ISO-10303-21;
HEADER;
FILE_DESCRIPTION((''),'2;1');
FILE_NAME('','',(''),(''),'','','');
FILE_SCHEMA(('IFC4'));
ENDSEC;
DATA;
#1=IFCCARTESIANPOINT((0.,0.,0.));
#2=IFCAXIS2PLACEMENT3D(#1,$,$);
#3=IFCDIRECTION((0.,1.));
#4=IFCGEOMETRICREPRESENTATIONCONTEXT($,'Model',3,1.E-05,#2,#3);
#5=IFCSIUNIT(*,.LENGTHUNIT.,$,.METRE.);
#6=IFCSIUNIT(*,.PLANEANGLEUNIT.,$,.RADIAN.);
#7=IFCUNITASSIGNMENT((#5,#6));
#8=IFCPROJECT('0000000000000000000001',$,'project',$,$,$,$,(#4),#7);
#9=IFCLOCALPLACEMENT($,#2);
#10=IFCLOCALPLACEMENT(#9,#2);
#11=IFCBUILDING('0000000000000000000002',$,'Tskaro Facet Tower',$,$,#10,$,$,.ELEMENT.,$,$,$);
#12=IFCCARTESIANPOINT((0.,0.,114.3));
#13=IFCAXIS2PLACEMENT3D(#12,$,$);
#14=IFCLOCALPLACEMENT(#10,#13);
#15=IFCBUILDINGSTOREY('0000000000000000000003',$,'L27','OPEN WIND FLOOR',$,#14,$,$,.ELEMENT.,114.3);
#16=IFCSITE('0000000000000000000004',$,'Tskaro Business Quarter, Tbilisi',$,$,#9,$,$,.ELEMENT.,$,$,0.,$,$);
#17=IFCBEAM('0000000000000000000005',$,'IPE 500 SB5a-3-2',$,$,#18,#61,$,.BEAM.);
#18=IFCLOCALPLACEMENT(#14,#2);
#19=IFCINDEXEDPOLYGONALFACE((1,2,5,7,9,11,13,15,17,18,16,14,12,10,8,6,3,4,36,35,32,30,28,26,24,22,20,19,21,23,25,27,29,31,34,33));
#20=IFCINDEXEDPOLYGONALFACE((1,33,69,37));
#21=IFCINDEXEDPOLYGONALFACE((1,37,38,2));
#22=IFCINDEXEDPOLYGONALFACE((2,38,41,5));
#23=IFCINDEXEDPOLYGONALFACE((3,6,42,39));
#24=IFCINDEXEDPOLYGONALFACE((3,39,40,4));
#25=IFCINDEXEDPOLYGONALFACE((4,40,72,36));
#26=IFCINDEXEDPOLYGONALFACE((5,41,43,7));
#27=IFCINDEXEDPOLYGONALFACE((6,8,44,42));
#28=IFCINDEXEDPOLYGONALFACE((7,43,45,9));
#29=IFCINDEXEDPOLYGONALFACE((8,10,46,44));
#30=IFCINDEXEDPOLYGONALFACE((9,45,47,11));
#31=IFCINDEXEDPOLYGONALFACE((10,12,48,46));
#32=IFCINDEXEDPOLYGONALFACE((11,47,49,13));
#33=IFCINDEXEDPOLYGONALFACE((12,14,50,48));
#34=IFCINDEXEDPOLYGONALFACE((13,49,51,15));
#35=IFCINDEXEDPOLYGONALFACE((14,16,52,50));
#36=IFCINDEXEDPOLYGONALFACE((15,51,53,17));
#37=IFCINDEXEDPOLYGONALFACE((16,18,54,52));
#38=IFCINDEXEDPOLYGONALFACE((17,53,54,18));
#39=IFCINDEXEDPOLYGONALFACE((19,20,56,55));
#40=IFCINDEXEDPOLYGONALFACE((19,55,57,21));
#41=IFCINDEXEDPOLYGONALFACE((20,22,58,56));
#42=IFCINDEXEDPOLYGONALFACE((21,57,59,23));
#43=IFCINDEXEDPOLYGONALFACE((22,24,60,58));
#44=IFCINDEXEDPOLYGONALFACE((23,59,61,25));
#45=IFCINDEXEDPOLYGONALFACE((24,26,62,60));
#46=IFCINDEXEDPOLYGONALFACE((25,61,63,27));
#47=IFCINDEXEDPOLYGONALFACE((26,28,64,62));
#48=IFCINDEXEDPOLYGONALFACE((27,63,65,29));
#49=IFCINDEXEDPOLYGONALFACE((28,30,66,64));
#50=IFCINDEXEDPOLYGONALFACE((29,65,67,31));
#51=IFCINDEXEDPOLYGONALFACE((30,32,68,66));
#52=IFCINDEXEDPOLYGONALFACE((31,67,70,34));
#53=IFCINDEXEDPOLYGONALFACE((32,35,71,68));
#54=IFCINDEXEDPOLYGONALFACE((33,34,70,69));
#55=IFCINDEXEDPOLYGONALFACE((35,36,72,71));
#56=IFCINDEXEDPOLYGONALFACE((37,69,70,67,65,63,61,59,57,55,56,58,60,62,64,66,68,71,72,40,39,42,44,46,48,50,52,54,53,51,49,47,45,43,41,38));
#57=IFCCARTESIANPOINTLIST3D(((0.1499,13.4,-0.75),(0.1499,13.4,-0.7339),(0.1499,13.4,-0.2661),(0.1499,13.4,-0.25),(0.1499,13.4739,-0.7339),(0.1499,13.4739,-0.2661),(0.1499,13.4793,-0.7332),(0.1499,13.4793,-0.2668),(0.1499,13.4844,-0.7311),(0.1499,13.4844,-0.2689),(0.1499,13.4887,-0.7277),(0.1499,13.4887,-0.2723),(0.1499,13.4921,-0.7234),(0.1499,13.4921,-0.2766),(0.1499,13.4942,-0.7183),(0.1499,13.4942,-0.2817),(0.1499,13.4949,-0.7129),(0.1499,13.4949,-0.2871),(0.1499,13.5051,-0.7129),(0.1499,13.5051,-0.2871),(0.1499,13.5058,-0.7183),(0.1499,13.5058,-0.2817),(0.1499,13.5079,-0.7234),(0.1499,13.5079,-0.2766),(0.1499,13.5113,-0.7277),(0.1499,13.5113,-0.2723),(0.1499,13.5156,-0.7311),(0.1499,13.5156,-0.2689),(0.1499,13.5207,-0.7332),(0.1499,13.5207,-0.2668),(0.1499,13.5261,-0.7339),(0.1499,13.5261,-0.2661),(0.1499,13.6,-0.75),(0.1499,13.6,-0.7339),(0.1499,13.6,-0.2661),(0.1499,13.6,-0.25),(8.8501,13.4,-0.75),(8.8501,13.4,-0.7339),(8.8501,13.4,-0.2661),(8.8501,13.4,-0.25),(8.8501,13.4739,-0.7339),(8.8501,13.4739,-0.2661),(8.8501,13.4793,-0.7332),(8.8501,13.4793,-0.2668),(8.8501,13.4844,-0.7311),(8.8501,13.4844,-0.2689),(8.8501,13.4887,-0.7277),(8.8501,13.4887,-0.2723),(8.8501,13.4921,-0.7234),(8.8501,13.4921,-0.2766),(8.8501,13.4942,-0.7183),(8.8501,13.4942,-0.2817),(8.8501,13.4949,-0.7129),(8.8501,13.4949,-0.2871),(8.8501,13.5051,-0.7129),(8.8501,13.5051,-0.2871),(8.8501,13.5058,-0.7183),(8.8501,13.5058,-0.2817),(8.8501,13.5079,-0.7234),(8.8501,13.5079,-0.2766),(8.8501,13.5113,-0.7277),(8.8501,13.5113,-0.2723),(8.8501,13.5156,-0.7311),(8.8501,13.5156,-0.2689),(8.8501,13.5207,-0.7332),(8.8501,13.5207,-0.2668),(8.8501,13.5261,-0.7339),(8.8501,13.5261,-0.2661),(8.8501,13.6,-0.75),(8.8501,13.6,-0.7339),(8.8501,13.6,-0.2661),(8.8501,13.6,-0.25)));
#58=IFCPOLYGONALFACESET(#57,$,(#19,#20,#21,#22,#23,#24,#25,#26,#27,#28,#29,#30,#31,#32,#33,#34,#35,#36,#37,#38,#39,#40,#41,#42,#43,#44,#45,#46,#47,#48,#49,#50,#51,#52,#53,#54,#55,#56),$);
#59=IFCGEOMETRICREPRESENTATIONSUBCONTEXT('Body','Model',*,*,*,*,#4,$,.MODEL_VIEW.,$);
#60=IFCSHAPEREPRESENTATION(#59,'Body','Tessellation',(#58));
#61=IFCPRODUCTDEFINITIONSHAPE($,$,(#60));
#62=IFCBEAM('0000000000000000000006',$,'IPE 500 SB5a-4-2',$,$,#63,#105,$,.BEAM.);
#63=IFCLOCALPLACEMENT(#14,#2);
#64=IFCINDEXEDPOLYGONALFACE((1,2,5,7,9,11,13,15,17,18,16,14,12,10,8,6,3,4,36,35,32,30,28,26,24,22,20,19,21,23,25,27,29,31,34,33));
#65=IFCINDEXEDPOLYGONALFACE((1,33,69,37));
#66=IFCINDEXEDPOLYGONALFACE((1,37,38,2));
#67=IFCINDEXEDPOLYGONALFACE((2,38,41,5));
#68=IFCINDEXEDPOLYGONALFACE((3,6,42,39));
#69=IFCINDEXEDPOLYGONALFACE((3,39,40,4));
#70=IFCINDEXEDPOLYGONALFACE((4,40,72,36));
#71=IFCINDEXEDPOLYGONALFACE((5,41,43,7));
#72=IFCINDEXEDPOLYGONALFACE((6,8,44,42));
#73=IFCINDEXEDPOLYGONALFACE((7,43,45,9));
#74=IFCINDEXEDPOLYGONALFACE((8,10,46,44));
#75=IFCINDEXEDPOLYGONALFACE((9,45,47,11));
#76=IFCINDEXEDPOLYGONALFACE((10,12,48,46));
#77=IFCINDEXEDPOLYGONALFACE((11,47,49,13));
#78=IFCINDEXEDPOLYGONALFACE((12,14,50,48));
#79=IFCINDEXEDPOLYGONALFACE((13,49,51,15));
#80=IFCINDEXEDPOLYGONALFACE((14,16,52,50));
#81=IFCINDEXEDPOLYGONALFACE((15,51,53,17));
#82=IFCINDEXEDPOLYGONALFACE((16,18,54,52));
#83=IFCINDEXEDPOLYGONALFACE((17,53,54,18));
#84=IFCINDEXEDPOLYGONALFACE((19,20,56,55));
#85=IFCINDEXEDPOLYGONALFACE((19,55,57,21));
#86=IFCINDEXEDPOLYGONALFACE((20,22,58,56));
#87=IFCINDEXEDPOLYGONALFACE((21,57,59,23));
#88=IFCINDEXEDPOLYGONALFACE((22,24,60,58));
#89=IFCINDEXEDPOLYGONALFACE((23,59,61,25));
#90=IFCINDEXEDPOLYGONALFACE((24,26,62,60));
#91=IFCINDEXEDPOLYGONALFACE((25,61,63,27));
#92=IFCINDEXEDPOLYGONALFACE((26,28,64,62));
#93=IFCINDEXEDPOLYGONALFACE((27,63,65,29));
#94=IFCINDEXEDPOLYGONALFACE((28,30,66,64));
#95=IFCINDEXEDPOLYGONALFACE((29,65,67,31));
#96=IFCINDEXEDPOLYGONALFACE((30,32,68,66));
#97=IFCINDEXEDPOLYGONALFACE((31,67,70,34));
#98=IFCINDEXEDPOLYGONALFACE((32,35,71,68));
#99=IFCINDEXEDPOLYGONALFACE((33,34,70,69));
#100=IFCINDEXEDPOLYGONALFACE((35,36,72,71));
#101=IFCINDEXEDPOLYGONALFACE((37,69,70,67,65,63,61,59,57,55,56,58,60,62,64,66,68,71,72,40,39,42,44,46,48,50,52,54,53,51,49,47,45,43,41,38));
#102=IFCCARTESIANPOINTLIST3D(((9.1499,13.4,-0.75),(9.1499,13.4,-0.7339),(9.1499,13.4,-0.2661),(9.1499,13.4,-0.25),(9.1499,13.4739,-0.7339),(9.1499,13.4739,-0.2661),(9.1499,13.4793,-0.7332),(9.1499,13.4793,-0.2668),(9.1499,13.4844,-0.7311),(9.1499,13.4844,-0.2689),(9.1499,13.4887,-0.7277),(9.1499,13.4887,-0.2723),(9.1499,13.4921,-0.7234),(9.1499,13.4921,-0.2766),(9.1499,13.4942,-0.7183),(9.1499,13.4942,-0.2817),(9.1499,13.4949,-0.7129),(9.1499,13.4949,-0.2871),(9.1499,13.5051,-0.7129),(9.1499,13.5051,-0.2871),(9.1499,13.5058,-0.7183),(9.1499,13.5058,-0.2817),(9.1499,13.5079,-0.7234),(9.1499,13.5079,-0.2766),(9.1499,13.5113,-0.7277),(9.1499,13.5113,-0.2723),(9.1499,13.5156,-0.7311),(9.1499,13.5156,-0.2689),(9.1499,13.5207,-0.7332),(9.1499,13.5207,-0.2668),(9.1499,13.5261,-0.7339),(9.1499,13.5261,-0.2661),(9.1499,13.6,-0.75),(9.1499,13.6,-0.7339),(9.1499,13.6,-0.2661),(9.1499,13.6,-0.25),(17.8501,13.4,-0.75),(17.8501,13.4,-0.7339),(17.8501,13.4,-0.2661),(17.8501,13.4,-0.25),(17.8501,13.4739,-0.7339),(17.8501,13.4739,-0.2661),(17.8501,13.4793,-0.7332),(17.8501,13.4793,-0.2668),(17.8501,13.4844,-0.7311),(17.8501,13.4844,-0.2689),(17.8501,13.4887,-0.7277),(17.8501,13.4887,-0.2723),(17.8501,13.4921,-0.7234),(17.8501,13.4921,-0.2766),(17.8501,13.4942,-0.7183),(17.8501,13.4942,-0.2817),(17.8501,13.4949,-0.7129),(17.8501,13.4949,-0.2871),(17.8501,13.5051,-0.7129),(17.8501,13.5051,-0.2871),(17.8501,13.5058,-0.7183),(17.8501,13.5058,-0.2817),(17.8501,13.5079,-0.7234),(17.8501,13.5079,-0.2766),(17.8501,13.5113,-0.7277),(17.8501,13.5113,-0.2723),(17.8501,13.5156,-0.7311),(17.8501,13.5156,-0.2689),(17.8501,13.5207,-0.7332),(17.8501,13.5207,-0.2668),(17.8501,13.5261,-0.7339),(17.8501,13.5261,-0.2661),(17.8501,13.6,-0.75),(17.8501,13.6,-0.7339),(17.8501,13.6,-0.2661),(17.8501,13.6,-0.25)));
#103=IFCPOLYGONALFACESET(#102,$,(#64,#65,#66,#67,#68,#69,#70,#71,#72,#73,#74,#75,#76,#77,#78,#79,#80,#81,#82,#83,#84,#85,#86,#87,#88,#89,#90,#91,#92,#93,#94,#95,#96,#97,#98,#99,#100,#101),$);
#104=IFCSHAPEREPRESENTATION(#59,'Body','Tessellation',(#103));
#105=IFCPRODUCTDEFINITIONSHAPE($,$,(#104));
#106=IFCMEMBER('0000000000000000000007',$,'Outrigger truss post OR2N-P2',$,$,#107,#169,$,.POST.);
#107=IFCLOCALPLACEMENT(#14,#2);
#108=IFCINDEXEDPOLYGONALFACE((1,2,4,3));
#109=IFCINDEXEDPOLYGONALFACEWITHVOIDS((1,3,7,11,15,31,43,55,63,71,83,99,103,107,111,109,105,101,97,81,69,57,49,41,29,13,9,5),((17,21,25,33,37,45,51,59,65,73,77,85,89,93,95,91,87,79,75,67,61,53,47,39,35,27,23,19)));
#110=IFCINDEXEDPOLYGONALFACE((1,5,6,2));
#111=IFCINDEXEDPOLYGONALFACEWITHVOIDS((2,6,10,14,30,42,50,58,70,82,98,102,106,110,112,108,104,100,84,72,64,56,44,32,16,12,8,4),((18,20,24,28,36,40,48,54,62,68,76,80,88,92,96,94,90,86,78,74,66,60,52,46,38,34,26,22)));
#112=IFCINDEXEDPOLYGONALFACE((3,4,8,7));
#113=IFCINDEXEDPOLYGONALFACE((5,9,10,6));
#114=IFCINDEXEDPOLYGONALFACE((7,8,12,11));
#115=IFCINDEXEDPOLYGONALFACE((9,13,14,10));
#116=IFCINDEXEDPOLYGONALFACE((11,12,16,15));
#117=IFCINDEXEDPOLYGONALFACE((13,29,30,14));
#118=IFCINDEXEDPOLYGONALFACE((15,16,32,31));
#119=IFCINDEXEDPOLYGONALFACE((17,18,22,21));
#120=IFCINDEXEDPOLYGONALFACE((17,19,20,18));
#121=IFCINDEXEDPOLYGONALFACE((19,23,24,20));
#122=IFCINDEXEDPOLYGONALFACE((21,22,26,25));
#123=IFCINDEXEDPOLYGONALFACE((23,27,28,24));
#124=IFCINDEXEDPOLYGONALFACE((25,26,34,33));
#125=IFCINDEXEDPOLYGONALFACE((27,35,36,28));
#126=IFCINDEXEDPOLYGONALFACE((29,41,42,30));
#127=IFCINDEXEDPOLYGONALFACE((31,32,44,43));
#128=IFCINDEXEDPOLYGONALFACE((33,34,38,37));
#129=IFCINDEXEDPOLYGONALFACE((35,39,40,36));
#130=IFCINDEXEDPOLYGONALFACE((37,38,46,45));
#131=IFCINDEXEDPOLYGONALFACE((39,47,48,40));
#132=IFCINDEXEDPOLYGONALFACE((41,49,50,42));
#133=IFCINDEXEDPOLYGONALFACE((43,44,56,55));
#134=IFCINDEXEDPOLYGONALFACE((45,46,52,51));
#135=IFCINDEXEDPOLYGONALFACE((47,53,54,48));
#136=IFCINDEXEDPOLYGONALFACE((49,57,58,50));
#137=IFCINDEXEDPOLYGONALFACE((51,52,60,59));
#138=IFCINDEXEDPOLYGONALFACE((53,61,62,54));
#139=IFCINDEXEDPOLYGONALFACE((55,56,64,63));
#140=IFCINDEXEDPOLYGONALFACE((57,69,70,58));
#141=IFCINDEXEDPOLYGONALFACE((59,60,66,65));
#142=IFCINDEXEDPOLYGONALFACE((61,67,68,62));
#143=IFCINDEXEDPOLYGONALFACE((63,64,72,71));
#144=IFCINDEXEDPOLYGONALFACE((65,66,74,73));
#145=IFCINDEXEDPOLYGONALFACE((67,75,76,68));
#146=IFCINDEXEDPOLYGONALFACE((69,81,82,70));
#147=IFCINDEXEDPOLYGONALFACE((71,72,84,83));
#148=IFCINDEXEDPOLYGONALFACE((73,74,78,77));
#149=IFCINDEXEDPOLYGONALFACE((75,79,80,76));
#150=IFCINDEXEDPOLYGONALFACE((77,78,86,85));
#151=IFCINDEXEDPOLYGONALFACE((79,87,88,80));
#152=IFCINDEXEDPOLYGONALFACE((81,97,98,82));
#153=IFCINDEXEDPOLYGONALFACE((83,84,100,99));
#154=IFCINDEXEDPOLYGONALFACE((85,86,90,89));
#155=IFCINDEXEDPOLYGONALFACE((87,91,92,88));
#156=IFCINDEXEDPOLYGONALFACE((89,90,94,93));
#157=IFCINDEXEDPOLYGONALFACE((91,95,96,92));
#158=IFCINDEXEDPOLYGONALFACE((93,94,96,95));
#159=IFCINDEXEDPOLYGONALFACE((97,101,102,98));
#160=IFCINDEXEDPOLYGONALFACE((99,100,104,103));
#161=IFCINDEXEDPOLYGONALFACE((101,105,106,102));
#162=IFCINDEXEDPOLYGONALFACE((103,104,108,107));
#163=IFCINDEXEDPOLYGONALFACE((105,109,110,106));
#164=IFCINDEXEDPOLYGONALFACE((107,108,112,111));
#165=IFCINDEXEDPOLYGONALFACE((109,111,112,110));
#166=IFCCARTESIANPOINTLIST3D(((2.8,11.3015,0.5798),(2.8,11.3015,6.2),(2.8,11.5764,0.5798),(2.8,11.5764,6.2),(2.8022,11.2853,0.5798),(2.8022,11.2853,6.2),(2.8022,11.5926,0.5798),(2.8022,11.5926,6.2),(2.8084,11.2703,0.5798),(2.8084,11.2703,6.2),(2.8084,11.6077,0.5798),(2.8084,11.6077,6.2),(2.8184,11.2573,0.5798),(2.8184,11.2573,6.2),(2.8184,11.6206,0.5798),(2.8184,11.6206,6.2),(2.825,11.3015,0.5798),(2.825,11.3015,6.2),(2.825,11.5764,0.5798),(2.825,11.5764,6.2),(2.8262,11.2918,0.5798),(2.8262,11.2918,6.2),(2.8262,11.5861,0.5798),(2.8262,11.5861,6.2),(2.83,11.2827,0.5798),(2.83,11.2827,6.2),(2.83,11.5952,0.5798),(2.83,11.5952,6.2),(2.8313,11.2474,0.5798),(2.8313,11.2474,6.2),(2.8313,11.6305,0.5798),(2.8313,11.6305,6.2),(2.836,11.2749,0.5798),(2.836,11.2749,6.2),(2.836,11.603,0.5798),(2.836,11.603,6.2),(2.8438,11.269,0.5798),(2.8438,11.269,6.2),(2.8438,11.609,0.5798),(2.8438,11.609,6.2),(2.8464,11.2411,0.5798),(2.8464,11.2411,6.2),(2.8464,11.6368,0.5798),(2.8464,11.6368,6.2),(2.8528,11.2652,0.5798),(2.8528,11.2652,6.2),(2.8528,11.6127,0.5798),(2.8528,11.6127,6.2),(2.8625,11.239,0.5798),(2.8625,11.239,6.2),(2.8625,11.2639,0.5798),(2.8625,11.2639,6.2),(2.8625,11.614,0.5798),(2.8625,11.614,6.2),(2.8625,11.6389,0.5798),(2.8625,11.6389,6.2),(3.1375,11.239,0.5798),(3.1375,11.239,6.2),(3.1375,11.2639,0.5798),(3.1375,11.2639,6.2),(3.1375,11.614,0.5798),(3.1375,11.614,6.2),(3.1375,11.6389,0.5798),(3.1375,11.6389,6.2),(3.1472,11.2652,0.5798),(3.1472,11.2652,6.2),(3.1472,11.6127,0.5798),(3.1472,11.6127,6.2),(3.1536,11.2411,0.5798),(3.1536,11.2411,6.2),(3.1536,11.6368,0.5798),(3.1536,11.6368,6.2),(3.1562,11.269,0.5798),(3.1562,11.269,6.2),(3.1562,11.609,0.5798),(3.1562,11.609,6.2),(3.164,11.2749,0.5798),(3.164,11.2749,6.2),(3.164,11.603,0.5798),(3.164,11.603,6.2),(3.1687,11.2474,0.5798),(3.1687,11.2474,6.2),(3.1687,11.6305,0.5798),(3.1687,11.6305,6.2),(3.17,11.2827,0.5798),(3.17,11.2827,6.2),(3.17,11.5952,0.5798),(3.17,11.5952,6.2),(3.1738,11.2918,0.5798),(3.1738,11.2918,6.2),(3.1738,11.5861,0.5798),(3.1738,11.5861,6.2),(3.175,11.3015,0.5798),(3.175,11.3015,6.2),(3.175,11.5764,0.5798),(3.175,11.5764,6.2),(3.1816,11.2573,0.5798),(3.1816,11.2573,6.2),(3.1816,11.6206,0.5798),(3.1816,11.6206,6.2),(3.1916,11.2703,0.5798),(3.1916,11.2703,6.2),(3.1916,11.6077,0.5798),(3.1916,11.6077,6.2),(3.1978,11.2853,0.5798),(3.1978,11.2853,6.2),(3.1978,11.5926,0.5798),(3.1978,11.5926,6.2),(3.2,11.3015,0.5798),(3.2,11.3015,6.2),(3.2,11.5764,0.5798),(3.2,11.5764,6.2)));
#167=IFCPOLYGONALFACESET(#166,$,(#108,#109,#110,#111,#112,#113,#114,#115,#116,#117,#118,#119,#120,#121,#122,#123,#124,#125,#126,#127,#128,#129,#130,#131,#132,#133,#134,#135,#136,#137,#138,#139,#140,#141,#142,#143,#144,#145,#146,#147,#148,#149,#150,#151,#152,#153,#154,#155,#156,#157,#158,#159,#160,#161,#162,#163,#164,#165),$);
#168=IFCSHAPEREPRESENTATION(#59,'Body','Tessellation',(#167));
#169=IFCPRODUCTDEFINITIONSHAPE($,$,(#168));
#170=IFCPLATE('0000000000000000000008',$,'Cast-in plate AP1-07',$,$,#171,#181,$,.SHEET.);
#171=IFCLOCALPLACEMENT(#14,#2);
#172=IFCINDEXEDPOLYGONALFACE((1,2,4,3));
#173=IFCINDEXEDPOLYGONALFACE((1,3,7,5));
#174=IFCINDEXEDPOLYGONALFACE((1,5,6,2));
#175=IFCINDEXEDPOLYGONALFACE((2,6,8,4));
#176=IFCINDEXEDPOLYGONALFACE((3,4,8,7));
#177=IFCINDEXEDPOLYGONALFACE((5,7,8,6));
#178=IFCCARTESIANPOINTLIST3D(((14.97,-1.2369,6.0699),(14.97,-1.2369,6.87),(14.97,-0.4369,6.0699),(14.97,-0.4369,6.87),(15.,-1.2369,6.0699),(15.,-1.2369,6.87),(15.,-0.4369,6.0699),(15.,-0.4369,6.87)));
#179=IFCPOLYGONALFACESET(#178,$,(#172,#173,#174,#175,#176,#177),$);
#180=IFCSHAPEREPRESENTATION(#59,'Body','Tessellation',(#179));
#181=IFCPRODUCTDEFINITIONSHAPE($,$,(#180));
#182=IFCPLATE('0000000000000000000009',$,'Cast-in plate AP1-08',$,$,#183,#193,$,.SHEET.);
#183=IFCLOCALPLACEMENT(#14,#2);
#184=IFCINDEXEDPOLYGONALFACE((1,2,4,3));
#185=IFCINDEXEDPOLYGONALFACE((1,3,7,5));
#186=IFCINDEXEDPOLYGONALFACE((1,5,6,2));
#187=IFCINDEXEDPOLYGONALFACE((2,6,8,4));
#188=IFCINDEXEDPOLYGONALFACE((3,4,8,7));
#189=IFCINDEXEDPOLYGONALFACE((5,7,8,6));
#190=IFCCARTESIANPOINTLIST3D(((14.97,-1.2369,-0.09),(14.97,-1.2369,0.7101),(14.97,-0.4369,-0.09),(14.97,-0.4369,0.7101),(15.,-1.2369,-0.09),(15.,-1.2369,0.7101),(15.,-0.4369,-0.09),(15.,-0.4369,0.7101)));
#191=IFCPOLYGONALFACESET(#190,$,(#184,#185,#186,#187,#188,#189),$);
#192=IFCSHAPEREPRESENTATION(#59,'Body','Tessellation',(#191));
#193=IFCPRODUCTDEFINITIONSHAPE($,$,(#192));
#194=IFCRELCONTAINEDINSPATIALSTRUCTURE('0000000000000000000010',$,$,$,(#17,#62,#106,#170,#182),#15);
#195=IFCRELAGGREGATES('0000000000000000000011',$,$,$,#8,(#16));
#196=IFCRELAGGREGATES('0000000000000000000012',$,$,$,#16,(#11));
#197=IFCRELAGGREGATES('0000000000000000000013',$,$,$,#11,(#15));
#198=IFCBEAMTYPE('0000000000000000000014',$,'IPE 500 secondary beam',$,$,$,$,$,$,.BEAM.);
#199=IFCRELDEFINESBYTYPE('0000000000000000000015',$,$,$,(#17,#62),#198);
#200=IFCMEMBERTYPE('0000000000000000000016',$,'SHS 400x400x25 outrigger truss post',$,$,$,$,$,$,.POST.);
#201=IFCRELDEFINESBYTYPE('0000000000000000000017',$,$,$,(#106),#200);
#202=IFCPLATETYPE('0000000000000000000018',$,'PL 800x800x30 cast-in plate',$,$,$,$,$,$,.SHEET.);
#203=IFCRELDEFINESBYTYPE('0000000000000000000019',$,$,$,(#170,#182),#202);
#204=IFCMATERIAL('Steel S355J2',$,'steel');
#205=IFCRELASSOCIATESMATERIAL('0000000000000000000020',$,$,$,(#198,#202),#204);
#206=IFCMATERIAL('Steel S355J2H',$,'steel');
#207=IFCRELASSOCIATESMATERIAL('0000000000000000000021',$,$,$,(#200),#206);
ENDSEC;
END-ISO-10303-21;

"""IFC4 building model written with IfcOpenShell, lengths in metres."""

from ifc_helpers import new_model, si_unit, direction, frame, origin, origin_2d, place, context, subcontext, project, spatial, rectangle, hollow_rectangle, i_section, extrude, material, material_profile, profile_set, type_object, element, save


model = new_model("IFC4")

# Units and contexts
model_context = context("Model", 3, precision=1e-05, world=origin(), true_north=direction((0.0, 1.0)))
body_context = subcontext(model_context, "Body", "Model", "MODEL_VIEW")
ifc_project = project(units=[si_unit("LENGTHUNIT", "METRE"), si_unit("PLANEANGLEUNIT", "RADIAN")], contexts=[model_context])

# Site, building, storey
site_placement = place(None, origin())
site = spatial("IfcSite", under=ifc_project, at=site_placement, Name="Tskaro Business Quarter, Tbilisi", CompositionType="ELEMENT", RefElevation=0.0)
building_placement = place(site_placement, origin())
building = spatial("IfcBuilding", under=site, at=building_placement, Name="Tskaro Facet Tower", CompositionType="ELEMENT")
storey_placement = place(building_placement, frame((0.0, 0.0, 114.3)))
storey = spatial("IfcBuildingStorey", under=building, at=storey_placement, Name="L27", Description="OPEN WIND FLOOR", CompositionType="ELEMENT", Elevation=114.3)

# Shared definitions
ifc_material_1 = material(Name="Steel S355J2H", Category="steel")

# Beams
ifc_material_2 = material(Name="Steel S355J2", Category="steel")
ifc_material_profile_1 = material_profile(ifc_material_2, i_section(OverallWidth=0.2, OverallDepth=0.5, WebThickness=0.0103, FlangeThickness=0.0161, FilletRadius=0.021, at=origin_2d()), Name="IPE 500")
ifc_profile_set_1 = profile_set([ifc_material_profile_1], Name="Steel S355J2")
beam_type_1 = type_object("IfcBeamType", Name="IPE 500 secondary beam", PredefinedType="BEAM", material=ifc_profile_set_1)
for number, where, z_axis, x_axis, name in (
    (1, (0.1499, 13.5, -0.5), (1.0, 0.0, 0.0), (0.0, 1.0, 0.0), "IPE 500 SB5a-3-2"),
    (2, (9.1499, 13.5, -0.5), (1.0, 0.0, 0.0), (0.0, 1.0, 0.0), "IPE 500 SB5a-4-2"),
):
    element("IfcBeam", number, at=place(storey_placement, frame(where, z_axis=z_axis, x_axis=x_axis)), inside=storey, type_object=beam_type_1, Name=name, PredefinedType="BEAM", context=body_context, shape_type="SweptSolid", body=[
        extrude(i_section(OverallWidth=0.2, OverallDepth=0.5, WebThickness=0.0103, FlangeThickness=0.0161, FilletRadius=0.021, at=origin_2d()), origin(), (0.0, 0.0, 1.0), 8.7002),
    ])

# Member
ifc_material_profile_2 = material_profile(ifc_material_1, hollow_rectangle(XDim=0.3999, YDim=0.3999, WallThickness=0.0249, InnerFilletRadius=0.0376, OuterFilletRadius=0.0625, at=origin_2d()), Name="SHS 400x400x25")
ifc_profile_set_2 = profile_set([ifc_material_profile_2], Name="Steel S355J2H")
member_type_1 = type_object("IfcMemberType", Name="SHS 400x400x25 outrigger truss post", PredefinedType="POST", material=ifc_profile_set_2)
member_1_placement = place(storey_placement, frame((3.0, 11.439, 0.5798), z_axis=(0.0, 0.0, 1.0), x_axis=(1.0, 0.0, 0.0)))
element("IfcMember", 3, at=member_1_placement, inside=storey, type_object=member_type_1, Name="Outrigger truss post OR2N-P2", PredefinedType="POST", context=body_context, shape_type="SweptSolid", body=[
    extrude(hollow_rectangle(XDim=0.3999, YDim=0.3999, WallThickness=0.0249, InnerFilletRadius=0.0376, OuterFilletRadius=0.0625, at=origin_2d()), origin(), (0.0, 0.0, 1.0), 5.6201),
])

# Plates
ifc_material_profile_3 = material_profile(ifc_material_2, rectangle(XDim=0.8, YDim=0.8, at=origin_2d()), Name="PL 800x800x30 cast-in plate")
ifc_profile_set_3 = profile_set([ifc_material_profile_3], Name="Steel S355J2")
plate_type = type_object("IfcPlateType", Name="PL 800x800x30 cast-in plate", PredefinedType="SHEET", material=ifc_profile_set_3)
for number, where, z_axis, x_axis, name in (
    (4, (14.97, -0.8369, 6.47), (1.0, 0.0, 0.0), (0.0, 1.0, 0.0), "Cast-in plate AP1-07"),
    (5, (14.97, -0.8369, 0.3101), (1.0, 0.0, 0.0), (0.0, 1.0, 0.0), "Cast-in plate AP1-08"),
):
    element("IfcPlate", number, at=place(storey_placement, frame(where, z_axis=z_axis, x_axis=x_axis)), inside=storey, type_object=plate_type, Name=name, PredefinedType="SHEET", context=body_context, shape_type="SweptSolid", body=[
        extrude(rectangle(XDim=0.8, YDim=0.8, at=origin_2d()), origin(), (0.0, 0.0, 1.0), 0.03),
    ])

save(model, "model.ifc")
